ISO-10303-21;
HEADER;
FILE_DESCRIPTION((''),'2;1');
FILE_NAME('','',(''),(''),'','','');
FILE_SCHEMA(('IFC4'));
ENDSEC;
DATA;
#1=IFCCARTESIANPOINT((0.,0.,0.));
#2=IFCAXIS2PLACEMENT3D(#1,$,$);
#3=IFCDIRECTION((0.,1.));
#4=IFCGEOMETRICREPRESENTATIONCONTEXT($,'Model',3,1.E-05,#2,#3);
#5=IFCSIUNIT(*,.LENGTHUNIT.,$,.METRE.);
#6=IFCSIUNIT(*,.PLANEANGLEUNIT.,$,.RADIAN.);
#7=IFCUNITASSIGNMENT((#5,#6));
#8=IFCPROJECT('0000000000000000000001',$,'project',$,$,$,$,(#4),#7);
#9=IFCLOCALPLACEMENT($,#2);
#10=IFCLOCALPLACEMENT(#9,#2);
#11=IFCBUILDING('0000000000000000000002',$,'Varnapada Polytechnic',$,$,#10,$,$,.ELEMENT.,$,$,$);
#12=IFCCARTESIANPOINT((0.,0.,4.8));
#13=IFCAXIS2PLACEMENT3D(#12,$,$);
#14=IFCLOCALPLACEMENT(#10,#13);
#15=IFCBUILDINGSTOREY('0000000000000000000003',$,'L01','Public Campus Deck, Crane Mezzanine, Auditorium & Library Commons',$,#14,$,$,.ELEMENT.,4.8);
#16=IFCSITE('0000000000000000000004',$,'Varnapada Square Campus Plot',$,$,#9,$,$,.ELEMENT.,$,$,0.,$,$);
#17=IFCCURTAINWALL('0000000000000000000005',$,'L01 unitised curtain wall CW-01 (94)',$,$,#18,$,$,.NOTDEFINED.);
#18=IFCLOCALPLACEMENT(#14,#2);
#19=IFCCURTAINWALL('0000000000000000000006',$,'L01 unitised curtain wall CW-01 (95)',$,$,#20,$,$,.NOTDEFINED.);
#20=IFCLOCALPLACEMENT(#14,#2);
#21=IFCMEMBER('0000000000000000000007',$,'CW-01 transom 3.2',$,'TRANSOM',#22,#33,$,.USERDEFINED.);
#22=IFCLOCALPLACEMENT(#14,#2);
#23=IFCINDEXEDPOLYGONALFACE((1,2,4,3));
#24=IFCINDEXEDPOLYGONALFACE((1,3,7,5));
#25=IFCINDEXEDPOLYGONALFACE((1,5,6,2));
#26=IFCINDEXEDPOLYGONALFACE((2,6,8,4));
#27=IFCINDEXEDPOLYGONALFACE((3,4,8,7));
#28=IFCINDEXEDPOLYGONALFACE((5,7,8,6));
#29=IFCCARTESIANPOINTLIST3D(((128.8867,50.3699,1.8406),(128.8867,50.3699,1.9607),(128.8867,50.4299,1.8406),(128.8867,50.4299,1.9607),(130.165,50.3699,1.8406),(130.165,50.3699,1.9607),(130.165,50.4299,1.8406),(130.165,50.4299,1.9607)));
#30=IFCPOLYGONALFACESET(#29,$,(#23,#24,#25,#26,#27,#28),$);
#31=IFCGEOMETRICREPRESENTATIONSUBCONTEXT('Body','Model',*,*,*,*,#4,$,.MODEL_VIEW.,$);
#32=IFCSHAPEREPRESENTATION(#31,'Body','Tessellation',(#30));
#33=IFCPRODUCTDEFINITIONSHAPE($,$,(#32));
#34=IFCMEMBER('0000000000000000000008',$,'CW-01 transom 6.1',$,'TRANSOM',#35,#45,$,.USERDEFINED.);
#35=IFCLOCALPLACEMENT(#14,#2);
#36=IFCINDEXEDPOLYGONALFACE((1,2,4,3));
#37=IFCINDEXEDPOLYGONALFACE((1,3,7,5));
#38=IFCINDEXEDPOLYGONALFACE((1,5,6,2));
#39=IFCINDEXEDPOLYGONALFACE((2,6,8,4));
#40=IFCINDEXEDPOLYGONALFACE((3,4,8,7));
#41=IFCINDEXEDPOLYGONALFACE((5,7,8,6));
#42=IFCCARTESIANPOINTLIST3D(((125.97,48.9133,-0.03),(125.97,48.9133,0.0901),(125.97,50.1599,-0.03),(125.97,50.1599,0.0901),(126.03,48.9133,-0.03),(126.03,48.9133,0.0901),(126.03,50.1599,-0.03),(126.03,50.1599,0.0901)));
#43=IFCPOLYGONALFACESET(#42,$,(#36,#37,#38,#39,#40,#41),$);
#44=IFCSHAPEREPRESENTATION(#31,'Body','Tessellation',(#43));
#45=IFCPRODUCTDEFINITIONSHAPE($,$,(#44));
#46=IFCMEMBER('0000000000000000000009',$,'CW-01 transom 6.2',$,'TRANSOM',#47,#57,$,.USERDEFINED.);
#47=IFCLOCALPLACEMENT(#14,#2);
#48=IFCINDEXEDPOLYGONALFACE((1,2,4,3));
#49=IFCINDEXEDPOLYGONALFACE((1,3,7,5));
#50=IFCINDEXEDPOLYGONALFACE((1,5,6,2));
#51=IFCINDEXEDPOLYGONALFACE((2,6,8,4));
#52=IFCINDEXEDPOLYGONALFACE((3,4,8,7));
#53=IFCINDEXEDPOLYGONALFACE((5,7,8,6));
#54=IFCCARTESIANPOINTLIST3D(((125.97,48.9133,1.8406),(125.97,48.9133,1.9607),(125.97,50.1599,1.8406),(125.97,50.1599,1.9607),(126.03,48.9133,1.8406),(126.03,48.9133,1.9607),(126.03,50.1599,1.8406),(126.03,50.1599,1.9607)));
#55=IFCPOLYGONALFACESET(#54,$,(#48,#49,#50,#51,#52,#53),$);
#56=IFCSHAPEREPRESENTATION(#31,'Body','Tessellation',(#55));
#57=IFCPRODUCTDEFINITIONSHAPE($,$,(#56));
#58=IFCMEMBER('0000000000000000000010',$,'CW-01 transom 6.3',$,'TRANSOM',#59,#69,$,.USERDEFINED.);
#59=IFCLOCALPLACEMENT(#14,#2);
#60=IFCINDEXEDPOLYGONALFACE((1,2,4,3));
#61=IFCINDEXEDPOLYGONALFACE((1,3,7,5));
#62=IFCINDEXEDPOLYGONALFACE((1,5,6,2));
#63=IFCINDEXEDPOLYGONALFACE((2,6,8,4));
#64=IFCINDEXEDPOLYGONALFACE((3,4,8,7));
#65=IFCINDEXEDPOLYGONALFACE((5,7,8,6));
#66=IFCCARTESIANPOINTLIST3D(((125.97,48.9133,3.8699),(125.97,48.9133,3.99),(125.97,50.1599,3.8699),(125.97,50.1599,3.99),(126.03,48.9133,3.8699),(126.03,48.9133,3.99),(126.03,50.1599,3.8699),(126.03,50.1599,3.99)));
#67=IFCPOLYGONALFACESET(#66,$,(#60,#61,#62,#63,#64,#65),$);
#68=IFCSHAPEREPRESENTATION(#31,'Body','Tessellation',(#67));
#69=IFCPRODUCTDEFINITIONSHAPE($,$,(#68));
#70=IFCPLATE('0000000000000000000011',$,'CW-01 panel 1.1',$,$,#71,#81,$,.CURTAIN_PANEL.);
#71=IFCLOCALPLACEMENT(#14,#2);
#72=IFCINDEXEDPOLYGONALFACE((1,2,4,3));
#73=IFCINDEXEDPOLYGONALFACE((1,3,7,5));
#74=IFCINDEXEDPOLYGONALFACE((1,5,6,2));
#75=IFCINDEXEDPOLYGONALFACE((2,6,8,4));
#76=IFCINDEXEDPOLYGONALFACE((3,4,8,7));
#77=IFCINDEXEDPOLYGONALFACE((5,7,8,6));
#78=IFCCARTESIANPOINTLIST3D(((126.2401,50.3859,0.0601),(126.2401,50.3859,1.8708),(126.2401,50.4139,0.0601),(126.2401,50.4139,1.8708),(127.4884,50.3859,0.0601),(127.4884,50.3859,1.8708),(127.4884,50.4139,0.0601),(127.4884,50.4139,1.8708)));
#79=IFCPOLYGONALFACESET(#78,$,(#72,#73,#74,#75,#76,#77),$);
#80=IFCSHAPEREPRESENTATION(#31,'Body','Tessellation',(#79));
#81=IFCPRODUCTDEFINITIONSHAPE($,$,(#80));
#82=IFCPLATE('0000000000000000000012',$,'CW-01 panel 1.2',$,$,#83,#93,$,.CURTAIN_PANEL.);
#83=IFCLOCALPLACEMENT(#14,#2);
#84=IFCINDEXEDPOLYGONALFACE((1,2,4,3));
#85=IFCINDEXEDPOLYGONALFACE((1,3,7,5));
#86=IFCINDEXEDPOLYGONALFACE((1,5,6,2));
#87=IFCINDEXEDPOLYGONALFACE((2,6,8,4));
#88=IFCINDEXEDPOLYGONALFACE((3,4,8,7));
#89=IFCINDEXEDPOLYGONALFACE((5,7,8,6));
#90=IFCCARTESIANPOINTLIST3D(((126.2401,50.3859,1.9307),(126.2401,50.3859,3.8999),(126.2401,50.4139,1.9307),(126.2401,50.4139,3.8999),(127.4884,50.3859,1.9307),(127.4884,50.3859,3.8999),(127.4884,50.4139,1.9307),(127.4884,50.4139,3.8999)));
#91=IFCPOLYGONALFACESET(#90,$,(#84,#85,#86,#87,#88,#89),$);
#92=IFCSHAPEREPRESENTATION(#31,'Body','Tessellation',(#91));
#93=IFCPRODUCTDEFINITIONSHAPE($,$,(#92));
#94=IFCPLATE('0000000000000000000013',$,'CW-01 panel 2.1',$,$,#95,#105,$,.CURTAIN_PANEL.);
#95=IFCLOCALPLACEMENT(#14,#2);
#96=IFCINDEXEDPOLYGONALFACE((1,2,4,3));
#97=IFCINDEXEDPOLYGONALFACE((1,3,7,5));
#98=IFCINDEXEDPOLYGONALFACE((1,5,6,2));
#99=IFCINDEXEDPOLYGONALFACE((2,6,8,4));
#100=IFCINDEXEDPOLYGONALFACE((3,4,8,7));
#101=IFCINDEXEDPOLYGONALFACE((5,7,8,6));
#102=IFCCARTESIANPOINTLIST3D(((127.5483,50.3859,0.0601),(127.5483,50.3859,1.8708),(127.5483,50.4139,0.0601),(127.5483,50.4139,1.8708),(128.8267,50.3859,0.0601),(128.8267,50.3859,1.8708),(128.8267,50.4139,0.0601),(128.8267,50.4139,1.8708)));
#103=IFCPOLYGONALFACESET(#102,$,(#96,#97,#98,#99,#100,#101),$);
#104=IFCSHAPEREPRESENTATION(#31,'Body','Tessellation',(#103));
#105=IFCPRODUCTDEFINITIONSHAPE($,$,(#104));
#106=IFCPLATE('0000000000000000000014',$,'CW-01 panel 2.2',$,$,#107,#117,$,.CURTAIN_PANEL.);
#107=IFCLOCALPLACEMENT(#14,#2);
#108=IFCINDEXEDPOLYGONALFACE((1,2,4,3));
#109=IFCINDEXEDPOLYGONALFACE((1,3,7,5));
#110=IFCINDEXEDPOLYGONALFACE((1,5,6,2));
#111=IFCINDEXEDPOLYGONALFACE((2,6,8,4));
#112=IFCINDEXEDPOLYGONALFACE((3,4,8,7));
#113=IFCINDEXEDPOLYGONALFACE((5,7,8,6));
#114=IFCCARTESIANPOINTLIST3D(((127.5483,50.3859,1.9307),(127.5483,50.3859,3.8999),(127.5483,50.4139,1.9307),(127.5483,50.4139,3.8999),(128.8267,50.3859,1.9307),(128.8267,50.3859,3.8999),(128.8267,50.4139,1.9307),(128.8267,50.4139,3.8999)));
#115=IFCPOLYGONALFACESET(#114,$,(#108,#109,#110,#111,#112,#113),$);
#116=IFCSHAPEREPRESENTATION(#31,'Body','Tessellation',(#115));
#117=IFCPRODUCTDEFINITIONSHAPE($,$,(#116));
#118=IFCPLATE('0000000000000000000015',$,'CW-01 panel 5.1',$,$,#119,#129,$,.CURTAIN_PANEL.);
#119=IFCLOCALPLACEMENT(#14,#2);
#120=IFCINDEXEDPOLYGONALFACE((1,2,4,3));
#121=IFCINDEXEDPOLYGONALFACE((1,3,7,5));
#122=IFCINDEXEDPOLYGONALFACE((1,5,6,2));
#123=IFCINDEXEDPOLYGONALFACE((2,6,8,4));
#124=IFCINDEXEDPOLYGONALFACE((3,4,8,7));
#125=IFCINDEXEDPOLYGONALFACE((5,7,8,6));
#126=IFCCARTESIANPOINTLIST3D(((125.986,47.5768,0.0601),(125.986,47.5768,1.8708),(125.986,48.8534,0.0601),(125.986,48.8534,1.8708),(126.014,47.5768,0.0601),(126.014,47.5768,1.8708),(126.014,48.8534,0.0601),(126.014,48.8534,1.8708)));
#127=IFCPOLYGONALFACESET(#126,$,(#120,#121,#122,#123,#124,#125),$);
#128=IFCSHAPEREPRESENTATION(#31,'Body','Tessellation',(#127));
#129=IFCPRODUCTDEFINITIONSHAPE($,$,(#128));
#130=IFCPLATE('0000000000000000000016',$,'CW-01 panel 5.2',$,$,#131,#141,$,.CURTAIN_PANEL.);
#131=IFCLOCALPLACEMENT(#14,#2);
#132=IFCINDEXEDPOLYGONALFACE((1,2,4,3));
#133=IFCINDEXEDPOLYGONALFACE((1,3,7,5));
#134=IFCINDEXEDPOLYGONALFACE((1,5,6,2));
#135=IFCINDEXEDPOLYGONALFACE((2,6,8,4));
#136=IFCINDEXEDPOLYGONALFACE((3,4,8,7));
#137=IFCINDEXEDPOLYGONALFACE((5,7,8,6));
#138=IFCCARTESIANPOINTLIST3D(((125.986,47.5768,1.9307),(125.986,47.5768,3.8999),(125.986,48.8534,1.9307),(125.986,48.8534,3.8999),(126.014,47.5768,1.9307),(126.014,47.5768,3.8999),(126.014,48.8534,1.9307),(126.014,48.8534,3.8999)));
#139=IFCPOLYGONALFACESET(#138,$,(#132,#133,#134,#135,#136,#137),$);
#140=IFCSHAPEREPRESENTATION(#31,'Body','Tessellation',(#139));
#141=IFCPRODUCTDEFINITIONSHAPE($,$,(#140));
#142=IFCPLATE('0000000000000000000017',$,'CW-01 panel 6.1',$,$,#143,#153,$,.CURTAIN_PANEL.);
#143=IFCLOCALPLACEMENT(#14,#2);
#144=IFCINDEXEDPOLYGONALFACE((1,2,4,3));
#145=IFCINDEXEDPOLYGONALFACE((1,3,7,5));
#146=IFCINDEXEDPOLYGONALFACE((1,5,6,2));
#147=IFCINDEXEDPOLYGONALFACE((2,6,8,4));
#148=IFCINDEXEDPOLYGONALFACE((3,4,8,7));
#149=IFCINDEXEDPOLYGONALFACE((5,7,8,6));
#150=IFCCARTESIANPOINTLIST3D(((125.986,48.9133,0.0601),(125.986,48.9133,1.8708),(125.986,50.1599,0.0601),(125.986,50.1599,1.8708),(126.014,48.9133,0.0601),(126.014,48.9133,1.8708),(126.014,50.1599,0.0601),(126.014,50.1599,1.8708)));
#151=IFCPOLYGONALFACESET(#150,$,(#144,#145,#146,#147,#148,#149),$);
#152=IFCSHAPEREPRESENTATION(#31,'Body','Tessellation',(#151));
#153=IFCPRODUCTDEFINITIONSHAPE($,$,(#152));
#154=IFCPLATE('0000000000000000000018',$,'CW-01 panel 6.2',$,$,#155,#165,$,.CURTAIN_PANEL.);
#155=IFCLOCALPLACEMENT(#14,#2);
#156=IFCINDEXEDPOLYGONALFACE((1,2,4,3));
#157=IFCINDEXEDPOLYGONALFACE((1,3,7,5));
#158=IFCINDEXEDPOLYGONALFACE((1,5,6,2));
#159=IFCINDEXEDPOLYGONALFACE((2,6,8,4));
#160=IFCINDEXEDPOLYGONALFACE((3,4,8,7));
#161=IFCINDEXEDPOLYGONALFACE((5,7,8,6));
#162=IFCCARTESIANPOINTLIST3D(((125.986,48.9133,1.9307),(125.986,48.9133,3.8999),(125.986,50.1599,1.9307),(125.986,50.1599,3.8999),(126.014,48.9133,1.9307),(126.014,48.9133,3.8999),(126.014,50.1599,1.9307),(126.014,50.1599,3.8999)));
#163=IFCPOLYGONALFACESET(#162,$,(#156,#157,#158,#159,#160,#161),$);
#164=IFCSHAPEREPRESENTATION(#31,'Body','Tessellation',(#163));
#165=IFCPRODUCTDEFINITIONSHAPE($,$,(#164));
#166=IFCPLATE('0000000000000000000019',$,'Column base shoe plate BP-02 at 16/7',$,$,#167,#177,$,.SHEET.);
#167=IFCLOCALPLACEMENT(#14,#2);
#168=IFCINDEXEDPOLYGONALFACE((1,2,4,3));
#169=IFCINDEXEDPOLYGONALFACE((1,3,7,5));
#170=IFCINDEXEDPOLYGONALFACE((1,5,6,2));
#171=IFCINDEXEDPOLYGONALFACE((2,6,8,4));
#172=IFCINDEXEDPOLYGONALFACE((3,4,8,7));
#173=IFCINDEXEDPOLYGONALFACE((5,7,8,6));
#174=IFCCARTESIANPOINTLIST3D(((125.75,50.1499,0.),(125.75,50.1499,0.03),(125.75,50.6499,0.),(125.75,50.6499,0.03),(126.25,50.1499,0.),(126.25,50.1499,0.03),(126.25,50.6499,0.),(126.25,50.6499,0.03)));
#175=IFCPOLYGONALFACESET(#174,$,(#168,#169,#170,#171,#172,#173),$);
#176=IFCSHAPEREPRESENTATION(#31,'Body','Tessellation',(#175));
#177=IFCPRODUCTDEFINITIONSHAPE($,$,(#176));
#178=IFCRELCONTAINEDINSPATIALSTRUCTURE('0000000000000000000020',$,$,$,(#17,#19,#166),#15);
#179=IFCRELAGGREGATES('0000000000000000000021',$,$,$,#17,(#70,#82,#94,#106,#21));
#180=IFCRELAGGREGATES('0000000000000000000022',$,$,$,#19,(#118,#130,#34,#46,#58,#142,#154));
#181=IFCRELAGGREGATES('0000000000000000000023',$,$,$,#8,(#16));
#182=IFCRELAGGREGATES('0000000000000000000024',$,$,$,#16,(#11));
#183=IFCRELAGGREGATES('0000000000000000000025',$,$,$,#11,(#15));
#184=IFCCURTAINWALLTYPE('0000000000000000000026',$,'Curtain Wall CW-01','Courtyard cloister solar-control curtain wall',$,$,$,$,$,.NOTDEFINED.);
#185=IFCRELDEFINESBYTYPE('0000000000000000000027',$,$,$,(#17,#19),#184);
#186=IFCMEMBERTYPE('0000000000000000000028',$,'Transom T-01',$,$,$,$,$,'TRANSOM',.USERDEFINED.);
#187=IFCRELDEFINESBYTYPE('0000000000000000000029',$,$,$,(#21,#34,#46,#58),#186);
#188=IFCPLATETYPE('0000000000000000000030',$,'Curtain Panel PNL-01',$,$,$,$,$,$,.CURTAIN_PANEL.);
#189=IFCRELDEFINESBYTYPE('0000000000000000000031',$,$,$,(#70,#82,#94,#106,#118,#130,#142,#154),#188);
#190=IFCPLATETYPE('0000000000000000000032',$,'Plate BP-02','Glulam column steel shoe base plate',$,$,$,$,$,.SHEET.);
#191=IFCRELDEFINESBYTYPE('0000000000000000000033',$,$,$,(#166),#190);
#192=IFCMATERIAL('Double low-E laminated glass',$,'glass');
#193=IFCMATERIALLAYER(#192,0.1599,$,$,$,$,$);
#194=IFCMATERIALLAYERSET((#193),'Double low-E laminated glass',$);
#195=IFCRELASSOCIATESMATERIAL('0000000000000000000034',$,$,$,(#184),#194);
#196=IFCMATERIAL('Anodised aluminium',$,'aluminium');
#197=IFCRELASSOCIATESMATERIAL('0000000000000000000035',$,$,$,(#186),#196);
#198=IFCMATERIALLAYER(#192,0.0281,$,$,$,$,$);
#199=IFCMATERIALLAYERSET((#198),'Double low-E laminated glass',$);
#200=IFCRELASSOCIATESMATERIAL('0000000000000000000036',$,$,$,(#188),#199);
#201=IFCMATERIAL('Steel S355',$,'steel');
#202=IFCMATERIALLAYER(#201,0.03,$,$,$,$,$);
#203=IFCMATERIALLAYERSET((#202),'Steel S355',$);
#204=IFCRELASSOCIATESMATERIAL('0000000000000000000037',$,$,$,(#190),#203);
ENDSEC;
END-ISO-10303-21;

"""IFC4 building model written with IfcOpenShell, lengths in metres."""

from ifc_helpers import new_model, si_unit, direction, frame, origin, origin_2d, place, context, subcontext, project, spatial, rectangle, extrude, material, layer, layer_set, material_profile, profile_set, type_object, element, aggregate, save


model = new_model("IFC4")

# Units and contexts
model_context = context("Model", 3, precision=1e-05, world=origin(), true_north=direction((0.0, 1.0)))
body_context = subcontext(model_context, "Body", "Model", "MODEL_VIEW")
ifc_project = project(units=[si_unit("LENGTHUNIT", "METRE"), si_unit("PLANEANGLEUNIT", "RADIAN")], contexts=[model_context])

# Site, building, storey
site_placement = place(None, origin())
site = spatial("IfcSite", under=ifc_project, at=site_placement, Name="Varnapada Square Campus Plot", CompositionType="ELEMENT", RefElevation=0.0)
building_placement = place(site_placement, origin())
building = spatial("IfcBuilding", under=site, at=building_placement, Name="Varnapada Polytechnic", CompositionType="ELEMENT")
storey_placement = place(building_placement, frame((0.0, 0.0, 4.8)))
storey = spatial("IfcBuildingStorey", under=building, at=storey_placement, Name="L01", Description="Public Campus Deck, Crane Mezzanine, Auditorium & Library Commons", CompositionType="ELEMENT", Elevation=4.8)

# Curtain walls
ifc_material_1 = material(Name="Double low-E laminated glass", Category="glass")
ifc_layer_1 = layer(ifc_material_1, 0.1599)
ifc_layer_set_1 = layer_set([ifc_layer_1], Name="Double low-E laminated glass")
curtain_wall_type = type_object("IfcCurtainWallType", Name="Curtain Wall CW-01", Description="Courtyard cloister solar-control curtain wall", PredefinedType="NOTDEFINED", material=ifc_layer_set_1)
curtain_wall_1_placement = place(storey_placement, origin())
curtain_wall_1 = element("IfcCurtainWall", 1, at=curtain_wall_1_placement, inside=storey, type_object=curtain_wall_type, Name="L01 unitised curtain wall CW-01 (94)", PredefinedType="NOTDEFINED")
ifc_material_2 = material(Name="Anodised aluminium", Category="aluminium")
curtain_wall_2_placement = place(storey_placement, origin())
curtain_wall_2 = element("IfcCurtainWall", 2, at=curtain_wall_2_placement, inside=storey, type_object=curtain_wall_type, Name="L01 unitised curtain wall CW-01 (95)", PredefinedType="NOTDEFINED")

# Members
ifc_material_profile_1 = material_profile(ifc_material_2, rectangle(XDim=0.0601, YDim=0.1201, at=origin_2d()), Name="ALU T60x120")
ifc_profile_set_1 = profile_set([ifc_material_profile_1], Name="Anodised aluminium")
member_type_1 = type_object("IfcMemberType", Name="Transom T-01", ElementType="TRANSOM", PredefinedType="USERDEFINED", material=ifc_profile_set_1)
member_1_placement = place(storey_placement, frame((128.8867, 50.3999, 1.9006), z_axis=(1.0, 0.0, 0.0), x_axis=(0.0, 1.0, 0.0)))
member_1 = element("IfcMember", 3, at=member_1_placement, type_object=member_type_1, Name="CW-01 transom 3.2", ObjectType="TRANSOM", PredefinedType="USERDEFINED", context=body_context, shape_type="SweptSolid", body=[
    extrude(rectangle(XDim=0.0601, YDim=0.1201, at=origin_2d()), origin(), (0.0, 0.0, 1.0), 1.2783),
])
member_2_placement = place(storey_placement, frame((126.0, 48.9133, 0.03), z_axis=(0.0, 1.0, 0.0), x_axis=(-1.0, 0.0, 0.0)))
member_2 = element("IfcMember", 4, at=member_2_placement, type_object=member_type_1, Name="CW-01 transom 6.1", ObjectType="TRANSOM", PredefinedType="USERDEFINED", context=body_context, shape_type="SweptSolid", body=[
    extrude(rectangle(XDim=0.0601, YDim=0.1201, at=origin_2d()), origin(), (0.0, 0.0, 1.0), 1.2466),
])
member_3_placement = place(storey_placement, frame((126.0, 48.9133, 1.9006), z_axis=(0.0, 1.0, 0.0), x_axis=(-1.0, 0.0, 0.0)))
member_3 = element("IfcMember", 5, at=member_3_placement, type_object=member_type_1, Name="CW-01 transom 6.2", ObjectType="TRANSOM", PredefinedType="USERDEFINED", context=body_context, shape_type="SweptSolid", body=[
    extrude(rectangle(XDim=0.0601, YDim=0.1201, at=origin_2d()), origin(), (0.0, 0.0, 1.0), 1.2466),
])
member_4_placement = place(storey_placement, frame((126.0, 48.9133, 3.9299), z_axis=(0.0, 1.0, 0.0), x_axis=(-1.0, 0.0, 0.0)))
member_4 = element("IfcMember", 6, at=member_4_placement, type_object=member_type_1, Name="CW-01 transom 6.3", ObjectType="TRANSOM", PredefinedType="USERDEFINED", context=body_context, shape_type="SweptSolid", body=[
    extrude(rectangle(XDim=0.0601, YDim=0.1201, at=origin_2d()), origin(), (0.0, 0.0, 1.0), 1.2466),
])

# Plates
ifc_layer_2 = layer(ifc_material_1, 0.0281)
ifc_layer_set_2 = layer_set([ifc_layer_2], Name="Double low-E laminated glass")
plate_type_1 = type_object("IfcPlateType", Name="Curtain Panel PNL-01", PredefinedType="CURTAIN_PANEL", material=ifc_layer_set_2)
plate_1_placement = place(storey_placement, frame((126.8643, 50.3999, 0.0601), z_axis=(0.0, 0.0, 1.0), x_axis=(1.0, 0.0, 0.0)))
plate_1 = element("IfcPlate", 7, at=plate_1_placement, type_object=plate_type_1, Name="CW-01 panel 1.1", PredefinedType="CURTAIN_PANEL", context=body_context, shape_type="SweptSolid", body=[
    extrude(rectangle(XDim=1.2483, YDim=0.0281, at=origin_2d()), origin(), (0.0, 0.0, 1.0), 1.8108),
])
plate_2_placement = place(storey_placement, frame((126.8643, 50.3999, 1.9307), z_axis=(0.0, 0.0, 1.0), x_axis=(1.0, 0.0, 0.0)))
plate_2 = element("IfcPlate", 8, at=plate_2_placement, type_object=plate_type_1, Name="CW-01 panel 1.2", PredefinedType="CURTAIN_PANEL", context=body_context, shape_type="SweptSolid", body=[
    extrude(rectangle(XDim=1.2483, YDim=0.0281, at=origin_2d()), origin(), (0.0, 0.0, 1.0), 1.9692),
])
plate_3_placement = place(storey_placement, frame((128.1875, 50.3999, 0.0601), z_axis=(0.0, 0.0, 1.0), x_axis=(1.0, 0.0, 0.0)))
plate_3 = element("IfcPlate", 9, at=plate_3_placement, type_object=plate_type_1, Name="CW-01 panel 2.1", PredefinedType="CURTAIN_PANEL", context=body_context, shape_type="SweptSolid", body=[
    extrude(rectangle(XDim=1.2783, YDim=0.0281, at=origin_2d()), origin(), (0.0, 0.0, 1.0), 1.8108),
])
plate_4_placement = place(storey_placement, frame((128.1875, 50.3999, 1.9307), z_axis=(0.0, 0.0, 1.0), x_axis=(1.0, 0.0, 0.0)))
plate_4 = element("IfcPlate", 10, at=plate_4_placement, type_object=plate_type_1, Name="CW-01 panel 2.2", PredefinedType="CURTAIN_PANEL", context=body_context, shape_type="SweptSolid", body=[
    extrude(rectangle(XDim=1.2783, YDim=0.0281, at=origin_2d()), origin(), (0.0, 0.0, 1.0), 1.9692),
])
aggregate(curtain_wall_1, [plate_1, plate_2, plate_3, plate_4, member_1])
plate_5_placement = place(storey_placement, frame((126.0, 48.2151, 0.0601), z_axis=(0.0, 0.0, 1.0), x_axis=(0.0, 1.0, 0.0)))
plate_5 = element("IfcPlate", 11, at=plate_5_placement, type_object=plate_type_1, Name="CW-01 panel 5.1", PredefinedType="CURTAIN_PANEL", context=body_context, shape_type="SweptSolid", body=[
    extrude(rectangle(XDim=1.2766, YDim=0.0281, at=origin_2d()), origin(), (0.0, 0.0, 1.0), 1.8108),
])
plate_6_placement = place(storey_placement, frame((126.0, 48.2151, 1.9307), z_axis=(0.0, 0.0, 1.0), x_axis=(0.0, 1.0, 0.0)))
plate_6 = element("IfcPlate", 12, at=plate_6_placement, type_object=plate_type_1, Name="CW-01 panel 5.2", PredefinedType="CURTAIN_PANEL", context=body_context, shape_type="SweptSolid", body=[
    extrude(rectangle(XDim=1.2766, YDim=0.0281, at=origin_2d()), origin(), (0.0, 0.0, 1.0), 1.9692),
])
plate_7_placement = place(storey_placement, frame((126.0, 49.5366, 0.0601), z_axis=(0.0, 0.0, 1.0), x_axis=(0.0, 1.0, 0.0)))
plate_7 = element("IfcPlate", 13, at=plate_7_placement, type_object=plate_type_1, Name="CW-01 panel 6.1", PredefinedType="CURTAIN_PANEL", context=body_context, shape_type="SweptSolid", body=[
    extrude(rectangle(XDim=1.2466, YDim=0.0281, at=origin_2d()), origin(), (0.0, 0.0, 1.0), 1.8108),
])
plate_8_placement = place(storey_placement, frame((126.0, 49.5366, 1.9307), z_axis=(0.0, 0.0, 1.0), x_axis=(0.0, 1.0, 0.0)))
plate_8 = element("IfcPlate", 14, at=plate_8_placement, type_object=plate_type_1, Name="CW-01 panel 6.2", PredefinedType="CURTAIN_PANEL", context=body_context, shape_type="SweptSolid", body=[
    extrude(rectangle(XDim=1.2466, YDim=0.0281, at=origin_2d()), origin(), (0.0, 0.0, 1.0), 1.9692),
])
aggregate(curtain_wall_2, [plate_5, plate_6, member_2, member_3, member_4, plate_7, plate_8])
ifc_material_3 = material(Name="Steel S355", Category="steel")
ifc_layer_3 = layer(ifc_material_3, 0.03)
ifc_layer_set_3 = layer_set([ifc_layer_3], Name="Steel S355")
plate_type_2 = type_object("IfcPlateType", Name="Plate BP-02", Description="Glulam column steel shoe base plate", PredefinedType="SHEET", material=ifc_layer_set_3)
plate_9_placement = place(storey_placement, frame((126.0, 50.3999, 0.0), z_axis=(0.0, 0.0, 1.0), x_axis=(1.0, 0.0, 0.0)))
element("IfcPlate", 15, at=plate_9_placement, inside=storey, type_object=plate_type_2, Name="Column base shoe plate BP-02 at 16/7", PredefinedType="SHEET", context=body_context, shape_type="SweptSolid", body=[
    extrude(rectangle(XDim=0.5, YDim=0.5, at=origin_2d()), origin(), (0.0, 0.0, 1.0), 0.03),
])

save(model, "model.ifc")
